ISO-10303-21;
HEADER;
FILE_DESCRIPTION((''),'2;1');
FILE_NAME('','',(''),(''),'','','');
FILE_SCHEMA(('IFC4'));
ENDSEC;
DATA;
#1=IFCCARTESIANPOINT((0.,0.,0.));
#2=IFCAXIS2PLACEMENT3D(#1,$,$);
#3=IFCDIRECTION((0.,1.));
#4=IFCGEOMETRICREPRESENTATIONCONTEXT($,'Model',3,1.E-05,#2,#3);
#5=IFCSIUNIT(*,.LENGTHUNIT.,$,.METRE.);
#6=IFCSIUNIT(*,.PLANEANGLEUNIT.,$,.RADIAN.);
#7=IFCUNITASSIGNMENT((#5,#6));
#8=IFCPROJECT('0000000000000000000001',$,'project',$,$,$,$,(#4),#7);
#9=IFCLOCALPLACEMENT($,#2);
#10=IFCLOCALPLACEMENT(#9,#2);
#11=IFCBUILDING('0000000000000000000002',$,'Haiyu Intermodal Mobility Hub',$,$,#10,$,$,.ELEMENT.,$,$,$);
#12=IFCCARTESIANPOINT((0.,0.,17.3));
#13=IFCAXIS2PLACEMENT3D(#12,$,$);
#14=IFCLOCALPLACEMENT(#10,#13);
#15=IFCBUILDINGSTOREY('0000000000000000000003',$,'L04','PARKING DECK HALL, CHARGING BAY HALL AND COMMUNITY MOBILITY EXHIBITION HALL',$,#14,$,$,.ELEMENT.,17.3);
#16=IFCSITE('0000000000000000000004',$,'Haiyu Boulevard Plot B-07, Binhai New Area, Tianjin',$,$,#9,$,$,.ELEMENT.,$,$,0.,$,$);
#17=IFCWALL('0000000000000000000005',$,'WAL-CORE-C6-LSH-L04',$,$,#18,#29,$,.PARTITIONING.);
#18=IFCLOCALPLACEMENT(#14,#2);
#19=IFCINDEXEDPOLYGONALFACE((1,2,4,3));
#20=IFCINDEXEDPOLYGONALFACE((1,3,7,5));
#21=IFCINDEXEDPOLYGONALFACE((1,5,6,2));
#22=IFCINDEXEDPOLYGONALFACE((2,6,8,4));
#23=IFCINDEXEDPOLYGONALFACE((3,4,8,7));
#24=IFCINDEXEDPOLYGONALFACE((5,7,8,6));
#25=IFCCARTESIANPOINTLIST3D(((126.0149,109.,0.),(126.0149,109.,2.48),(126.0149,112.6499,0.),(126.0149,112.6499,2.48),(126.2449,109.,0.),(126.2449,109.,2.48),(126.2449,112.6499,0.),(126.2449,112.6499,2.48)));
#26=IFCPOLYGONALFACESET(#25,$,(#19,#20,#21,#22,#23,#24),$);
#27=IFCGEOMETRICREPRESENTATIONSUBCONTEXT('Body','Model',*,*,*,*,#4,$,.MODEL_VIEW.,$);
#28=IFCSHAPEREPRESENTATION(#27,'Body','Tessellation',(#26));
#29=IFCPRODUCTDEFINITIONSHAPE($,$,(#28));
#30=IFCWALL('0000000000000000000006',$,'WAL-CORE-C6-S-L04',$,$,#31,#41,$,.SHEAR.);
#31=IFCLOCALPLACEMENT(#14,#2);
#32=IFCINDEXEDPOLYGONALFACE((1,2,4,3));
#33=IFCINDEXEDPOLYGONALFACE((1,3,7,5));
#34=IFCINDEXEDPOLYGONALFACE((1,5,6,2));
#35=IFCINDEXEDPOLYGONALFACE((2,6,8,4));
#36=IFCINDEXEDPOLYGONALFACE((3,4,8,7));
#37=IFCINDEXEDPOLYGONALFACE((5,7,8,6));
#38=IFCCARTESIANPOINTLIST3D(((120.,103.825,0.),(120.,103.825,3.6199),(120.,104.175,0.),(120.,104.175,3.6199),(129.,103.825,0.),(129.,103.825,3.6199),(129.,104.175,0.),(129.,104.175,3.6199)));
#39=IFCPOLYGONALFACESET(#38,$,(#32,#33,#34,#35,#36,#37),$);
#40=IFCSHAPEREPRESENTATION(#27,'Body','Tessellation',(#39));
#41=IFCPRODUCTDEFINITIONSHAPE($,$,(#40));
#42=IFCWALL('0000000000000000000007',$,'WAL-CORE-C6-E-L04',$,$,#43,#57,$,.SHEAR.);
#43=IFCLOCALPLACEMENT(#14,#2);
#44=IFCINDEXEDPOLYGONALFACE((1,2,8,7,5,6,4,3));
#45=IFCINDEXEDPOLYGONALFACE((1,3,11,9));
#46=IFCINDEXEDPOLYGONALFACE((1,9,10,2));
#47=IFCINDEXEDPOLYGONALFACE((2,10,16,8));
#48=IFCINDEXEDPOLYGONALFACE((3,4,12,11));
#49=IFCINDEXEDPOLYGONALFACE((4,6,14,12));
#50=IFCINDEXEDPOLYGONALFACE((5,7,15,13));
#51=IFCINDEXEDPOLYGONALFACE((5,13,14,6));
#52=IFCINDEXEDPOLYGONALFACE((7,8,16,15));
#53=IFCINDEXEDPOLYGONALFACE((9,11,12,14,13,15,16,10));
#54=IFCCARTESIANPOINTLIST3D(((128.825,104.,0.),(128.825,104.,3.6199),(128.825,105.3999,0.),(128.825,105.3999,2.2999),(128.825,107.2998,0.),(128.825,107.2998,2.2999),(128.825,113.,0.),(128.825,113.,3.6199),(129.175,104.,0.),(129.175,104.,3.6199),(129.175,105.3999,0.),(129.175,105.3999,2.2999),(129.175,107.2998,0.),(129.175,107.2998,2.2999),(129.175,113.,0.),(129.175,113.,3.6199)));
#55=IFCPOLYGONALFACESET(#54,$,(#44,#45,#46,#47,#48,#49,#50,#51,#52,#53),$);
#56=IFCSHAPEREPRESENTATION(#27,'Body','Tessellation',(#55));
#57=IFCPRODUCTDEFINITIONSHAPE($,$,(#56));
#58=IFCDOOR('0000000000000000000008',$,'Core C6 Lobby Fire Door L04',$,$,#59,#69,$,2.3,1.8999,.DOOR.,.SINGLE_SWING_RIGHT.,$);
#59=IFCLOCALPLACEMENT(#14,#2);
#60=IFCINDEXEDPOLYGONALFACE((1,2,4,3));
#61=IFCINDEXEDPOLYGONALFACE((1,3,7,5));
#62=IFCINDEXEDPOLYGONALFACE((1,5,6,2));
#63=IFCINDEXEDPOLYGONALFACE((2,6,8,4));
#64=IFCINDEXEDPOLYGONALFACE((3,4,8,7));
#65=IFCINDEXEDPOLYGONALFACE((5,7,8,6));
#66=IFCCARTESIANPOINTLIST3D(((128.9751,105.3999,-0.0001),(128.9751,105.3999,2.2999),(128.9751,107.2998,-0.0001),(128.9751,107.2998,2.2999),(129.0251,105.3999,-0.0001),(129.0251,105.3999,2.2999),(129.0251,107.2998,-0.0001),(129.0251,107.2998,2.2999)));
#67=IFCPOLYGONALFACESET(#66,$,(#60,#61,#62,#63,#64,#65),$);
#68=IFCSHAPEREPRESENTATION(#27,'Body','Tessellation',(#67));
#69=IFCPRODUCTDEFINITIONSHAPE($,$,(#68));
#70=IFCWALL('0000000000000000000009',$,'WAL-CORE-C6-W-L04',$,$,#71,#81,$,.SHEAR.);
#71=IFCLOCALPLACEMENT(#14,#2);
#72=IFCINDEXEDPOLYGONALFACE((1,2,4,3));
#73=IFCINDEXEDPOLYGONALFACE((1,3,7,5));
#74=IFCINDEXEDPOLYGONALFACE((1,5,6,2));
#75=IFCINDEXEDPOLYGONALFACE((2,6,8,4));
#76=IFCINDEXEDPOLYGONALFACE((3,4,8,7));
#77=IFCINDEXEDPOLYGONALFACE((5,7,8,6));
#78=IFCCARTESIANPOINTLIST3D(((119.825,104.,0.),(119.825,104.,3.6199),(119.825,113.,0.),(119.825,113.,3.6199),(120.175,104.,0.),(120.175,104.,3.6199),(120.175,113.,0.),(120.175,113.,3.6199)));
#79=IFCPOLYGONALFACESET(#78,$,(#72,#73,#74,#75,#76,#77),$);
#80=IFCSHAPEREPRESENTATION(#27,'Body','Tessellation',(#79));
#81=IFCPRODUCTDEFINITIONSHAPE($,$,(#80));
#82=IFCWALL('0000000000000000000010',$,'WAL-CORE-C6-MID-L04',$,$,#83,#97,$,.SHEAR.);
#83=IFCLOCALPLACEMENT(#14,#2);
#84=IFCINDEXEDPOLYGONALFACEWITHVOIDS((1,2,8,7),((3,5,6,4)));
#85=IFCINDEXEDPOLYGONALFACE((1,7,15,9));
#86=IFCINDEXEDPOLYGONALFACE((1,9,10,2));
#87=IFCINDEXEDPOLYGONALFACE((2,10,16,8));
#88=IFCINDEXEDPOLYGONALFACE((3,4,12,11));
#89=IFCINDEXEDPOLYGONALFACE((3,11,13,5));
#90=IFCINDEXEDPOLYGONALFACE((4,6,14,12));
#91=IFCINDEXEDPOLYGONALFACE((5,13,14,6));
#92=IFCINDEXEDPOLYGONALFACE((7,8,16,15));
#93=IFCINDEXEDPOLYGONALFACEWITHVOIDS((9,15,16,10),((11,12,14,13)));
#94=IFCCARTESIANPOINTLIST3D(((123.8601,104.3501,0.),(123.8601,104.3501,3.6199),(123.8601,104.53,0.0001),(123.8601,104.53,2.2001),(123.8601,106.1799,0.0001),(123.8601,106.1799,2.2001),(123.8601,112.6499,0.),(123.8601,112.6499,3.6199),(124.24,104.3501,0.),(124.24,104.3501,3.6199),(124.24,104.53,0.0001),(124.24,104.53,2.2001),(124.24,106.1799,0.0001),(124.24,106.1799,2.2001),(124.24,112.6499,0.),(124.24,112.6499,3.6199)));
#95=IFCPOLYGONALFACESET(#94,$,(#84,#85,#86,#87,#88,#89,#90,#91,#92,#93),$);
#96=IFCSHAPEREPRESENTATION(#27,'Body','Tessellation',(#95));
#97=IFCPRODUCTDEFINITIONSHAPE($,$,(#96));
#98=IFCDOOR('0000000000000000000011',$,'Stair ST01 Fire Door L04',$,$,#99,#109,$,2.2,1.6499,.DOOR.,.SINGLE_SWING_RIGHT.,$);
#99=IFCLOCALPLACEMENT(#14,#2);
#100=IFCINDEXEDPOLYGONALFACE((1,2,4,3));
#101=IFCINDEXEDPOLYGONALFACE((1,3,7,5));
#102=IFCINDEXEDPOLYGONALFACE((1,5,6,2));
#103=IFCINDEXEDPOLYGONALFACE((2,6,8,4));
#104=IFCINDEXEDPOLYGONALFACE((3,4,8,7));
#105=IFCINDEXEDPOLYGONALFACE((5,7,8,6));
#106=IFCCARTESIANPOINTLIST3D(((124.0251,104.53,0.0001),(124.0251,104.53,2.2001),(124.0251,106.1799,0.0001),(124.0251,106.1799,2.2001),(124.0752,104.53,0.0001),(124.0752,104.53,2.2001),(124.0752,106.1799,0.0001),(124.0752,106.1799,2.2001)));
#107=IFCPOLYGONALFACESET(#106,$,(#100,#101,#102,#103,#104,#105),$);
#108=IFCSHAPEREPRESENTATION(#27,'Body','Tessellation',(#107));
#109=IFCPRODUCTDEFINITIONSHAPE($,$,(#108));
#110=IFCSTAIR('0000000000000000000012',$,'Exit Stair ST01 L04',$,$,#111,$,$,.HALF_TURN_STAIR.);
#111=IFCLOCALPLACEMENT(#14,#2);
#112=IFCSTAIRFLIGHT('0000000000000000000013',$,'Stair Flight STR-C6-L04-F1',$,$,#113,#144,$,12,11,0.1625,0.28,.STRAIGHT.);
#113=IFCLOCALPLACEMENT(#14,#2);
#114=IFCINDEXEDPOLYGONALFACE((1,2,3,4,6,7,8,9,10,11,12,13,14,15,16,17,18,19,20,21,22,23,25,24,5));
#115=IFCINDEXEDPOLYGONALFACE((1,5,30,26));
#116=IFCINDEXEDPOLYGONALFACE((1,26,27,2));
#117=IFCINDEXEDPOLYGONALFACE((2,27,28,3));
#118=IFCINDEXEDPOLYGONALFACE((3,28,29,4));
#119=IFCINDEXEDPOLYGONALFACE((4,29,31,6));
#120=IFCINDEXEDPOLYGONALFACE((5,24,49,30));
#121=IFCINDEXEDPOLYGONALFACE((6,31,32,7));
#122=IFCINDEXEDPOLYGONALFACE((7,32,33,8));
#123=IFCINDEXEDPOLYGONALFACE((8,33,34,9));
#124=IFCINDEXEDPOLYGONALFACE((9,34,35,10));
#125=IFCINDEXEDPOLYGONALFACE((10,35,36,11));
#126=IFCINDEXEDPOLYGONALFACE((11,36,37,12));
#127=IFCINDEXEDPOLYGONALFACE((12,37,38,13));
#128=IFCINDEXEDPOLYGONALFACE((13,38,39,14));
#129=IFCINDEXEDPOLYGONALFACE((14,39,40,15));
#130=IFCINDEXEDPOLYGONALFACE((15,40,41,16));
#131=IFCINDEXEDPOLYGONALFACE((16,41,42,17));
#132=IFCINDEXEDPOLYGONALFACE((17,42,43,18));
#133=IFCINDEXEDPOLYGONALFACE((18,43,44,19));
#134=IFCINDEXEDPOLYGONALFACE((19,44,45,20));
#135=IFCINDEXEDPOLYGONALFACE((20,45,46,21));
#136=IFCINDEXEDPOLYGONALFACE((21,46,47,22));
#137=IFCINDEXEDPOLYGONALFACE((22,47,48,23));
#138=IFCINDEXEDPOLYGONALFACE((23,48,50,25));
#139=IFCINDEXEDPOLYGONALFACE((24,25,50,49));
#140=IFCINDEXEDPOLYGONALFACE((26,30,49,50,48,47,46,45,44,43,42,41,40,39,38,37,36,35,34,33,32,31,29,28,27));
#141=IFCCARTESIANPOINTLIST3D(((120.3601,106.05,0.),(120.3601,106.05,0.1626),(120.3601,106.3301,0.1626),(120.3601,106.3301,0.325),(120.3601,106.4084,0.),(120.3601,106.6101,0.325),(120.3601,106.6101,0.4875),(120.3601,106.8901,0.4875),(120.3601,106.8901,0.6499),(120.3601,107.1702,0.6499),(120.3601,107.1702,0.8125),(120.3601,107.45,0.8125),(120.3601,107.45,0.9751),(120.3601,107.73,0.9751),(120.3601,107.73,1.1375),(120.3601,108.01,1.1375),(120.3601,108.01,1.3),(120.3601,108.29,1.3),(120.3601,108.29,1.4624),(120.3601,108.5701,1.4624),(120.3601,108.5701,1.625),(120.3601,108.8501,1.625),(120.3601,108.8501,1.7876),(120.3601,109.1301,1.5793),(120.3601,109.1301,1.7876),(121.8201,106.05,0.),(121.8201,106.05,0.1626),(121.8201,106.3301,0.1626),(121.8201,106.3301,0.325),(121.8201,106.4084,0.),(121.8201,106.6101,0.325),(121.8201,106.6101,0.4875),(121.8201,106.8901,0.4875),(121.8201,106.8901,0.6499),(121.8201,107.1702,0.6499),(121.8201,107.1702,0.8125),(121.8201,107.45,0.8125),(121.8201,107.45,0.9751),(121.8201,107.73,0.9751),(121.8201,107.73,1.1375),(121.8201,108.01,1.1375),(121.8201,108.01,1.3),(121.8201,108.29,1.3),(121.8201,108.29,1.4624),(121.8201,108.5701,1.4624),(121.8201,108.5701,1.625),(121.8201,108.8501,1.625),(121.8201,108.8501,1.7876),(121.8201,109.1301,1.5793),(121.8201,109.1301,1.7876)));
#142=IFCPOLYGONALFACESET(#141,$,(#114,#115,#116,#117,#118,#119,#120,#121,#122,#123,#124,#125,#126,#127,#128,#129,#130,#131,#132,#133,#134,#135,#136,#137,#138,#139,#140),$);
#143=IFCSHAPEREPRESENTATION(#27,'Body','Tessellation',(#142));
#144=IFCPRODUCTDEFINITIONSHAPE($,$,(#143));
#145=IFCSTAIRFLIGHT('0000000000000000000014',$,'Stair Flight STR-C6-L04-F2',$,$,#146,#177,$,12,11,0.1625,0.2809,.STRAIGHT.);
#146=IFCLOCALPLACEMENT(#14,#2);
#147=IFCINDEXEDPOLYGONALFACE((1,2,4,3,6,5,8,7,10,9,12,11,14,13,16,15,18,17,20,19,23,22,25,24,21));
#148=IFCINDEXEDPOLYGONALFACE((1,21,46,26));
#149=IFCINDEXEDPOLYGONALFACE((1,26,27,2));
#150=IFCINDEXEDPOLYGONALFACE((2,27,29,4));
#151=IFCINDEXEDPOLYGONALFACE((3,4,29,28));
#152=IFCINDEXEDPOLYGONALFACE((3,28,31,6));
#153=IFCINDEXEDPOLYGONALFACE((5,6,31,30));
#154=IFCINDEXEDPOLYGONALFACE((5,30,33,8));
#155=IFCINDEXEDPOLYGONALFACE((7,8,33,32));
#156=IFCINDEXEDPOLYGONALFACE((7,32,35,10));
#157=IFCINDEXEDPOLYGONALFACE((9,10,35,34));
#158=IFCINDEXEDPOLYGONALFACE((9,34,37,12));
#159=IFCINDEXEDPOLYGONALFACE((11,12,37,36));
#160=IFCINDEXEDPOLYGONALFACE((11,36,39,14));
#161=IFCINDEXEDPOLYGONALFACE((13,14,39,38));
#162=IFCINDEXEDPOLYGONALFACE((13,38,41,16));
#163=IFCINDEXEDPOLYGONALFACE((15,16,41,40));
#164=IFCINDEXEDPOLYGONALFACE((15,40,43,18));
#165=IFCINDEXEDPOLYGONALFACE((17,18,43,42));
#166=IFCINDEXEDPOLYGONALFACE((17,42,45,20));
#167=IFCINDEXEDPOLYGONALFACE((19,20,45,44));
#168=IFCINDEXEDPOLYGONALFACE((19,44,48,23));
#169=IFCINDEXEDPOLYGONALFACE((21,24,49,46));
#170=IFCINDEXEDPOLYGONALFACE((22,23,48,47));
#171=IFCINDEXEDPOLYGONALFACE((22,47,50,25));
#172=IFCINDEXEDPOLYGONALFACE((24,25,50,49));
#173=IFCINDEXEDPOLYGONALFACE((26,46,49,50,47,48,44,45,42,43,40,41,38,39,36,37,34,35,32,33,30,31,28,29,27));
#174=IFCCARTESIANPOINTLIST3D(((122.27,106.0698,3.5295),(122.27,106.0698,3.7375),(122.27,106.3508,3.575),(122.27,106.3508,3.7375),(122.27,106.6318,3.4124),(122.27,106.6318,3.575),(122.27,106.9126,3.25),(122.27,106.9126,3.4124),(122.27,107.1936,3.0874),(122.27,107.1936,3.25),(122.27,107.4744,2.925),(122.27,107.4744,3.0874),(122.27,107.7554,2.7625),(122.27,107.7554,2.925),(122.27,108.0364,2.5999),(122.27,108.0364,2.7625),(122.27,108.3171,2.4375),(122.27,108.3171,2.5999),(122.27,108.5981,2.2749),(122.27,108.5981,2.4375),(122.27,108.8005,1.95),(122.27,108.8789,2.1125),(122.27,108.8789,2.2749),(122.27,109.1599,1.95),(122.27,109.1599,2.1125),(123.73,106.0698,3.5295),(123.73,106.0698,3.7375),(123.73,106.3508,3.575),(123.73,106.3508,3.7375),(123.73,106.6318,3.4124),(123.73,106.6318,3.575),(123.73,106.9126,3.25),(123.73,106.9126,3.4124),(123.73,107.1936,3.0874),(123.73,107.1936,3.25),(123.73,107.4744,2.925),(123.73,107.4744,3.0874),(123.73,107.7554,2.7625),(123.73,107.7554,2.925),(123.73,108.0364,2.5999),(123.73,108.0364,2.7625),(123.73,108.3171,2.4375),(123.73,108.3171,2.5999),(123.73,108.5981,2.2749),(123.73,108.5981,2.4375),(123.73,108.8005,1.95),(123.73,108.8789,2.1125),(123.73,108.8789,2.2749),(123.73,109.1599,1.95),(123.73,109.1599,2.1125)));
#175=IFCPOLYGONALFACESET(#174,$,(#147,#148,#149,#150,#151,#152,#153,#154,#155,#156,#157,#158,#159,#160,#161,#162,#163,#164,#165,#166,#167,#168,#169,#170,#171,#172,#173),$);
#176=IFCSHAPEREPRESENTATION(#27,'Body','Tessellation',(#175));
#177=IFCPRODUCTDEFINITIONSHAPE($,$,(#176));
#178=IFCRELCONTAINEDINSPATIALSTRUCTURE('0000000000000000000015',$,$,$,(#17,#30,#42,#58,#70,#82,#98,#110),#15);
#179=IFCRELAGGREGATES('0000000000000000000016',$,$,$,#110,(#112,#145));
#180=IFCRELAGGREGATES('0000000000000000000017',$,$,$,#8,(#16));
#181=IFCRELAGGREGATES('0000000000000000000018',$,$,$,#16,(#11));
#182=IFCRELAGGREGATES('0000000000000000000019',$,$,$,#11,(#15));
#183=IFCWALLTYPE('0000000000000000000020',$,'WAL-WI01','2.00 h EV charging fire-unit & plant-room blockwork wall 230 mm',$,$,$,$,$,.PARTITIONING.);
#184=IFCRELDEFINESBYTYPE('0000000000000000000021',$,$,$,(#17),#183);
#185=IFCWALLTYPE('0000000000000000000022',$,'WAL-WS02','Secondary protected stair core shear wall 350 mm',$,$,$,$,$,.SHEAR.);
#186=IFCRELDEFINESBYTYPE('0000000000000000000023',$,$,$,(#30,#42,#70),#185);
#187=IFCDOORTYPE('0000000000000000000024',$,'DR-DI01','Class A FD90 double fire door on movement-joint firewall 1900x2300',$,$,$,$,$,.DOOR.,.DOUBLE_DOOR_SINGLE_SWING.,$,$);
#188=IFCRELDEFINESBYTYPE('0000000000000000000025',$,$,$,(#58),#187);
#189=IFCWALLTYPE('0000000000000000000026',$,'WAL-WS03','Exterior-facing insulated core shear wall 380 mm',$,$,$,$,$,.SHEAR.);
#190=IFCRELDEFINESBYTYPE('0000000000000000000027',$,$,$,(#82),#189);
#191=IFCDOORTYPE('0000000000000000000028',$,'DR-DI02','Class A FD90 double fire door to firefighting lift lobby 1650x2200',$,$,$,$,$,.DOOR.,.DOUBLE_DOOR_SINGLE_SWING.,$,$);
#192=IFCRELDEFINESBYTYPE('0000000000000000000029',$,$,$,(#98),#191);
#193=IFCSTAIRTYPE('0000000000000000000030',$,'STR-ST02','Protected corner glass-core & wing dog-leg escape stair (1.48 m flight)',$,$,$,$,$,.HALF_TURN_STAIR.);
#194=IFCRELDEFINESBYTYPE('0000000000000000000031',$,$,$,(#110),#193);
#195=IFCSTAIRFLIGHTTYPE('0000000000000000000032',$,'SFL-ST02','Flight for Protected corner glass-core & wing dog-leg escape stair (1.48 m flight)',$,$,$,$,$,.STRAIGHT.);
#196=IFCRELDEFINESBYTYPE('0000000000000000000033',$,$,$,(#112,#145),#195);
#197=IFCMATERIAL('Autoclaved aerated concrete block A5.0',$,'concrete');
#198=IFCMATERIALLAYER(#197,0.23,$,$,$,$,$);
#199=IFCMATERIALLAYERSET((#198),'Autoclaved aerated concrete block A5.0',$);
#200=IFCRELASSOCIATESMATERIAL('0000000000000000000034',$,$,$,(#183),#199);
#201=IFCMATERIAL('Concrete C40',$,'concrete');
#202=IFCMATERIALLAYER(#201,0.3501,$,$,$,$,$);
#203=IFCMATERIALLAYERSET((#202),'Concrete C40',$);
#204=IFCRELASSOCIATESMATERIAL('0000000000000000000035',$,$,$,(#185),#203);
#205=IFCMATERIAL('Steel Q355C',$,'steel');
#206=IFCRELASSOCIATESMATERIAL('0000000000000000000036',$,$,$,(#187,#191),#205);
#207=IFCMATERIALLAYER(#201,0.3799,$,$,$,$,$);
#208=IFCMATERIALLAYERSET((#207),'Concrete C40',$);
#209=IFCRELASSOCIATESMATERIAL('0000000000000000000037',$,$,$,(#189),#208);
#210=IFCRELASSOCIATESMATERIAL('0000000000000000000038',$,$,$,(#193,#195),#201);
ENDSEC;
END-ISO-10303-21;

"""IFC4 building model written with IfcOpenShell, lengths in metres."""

from ifc_helpers import new_model, si_unit, direction, frame, frame_2d, origin, place, context, subcontext, project, spatial, polyline, rectangle, outline, extrude, material, layer, layer_set, type_object, element, fill, aggregate, save


model = new_model("IFC4")

# Units and contexts
model_context = context("Model", 3, precision=1e-05, world=origin(), true_north=direction((0.0, 1.0)))
body_context = subcontext(model_context, "Body", "Model", "MODEL_VIEW")
ifc_project = project(units=[si_unit("LENGTHUNIT", "METRE"), si_unit("PLANEANGLEUNIT", "RADIAN")], contexts=[model_context])

# Site, building, storey
site_placement = place(None, origin())
site = spatial("IfcSite", under=ifc_project, at=site_placement, Name="Haiyu Boulevard Plot B-07, Binhai New Area, Tianjin", CompositionType="ELEMENT", RefElevation=0.0)
building_placement = place(site_placement, origin())
building = spatial("IfcBuilding", under=site, at=building_placement, Name="Haiyu Intermodal Mobility Hub", CompositionType="ELEMENT")
storey_placement = place(building_placement, frame((0.0, 0.0, 17.3)))
storey = spatial("IfcBuildingStorey", under=building, at=storey_placement, Name="L04", Description="PARKING DECK HALL, CHARGING BAY HALL AND COMMUNITY MOBILITY EXHIBITION HALL", CompositionType="ELEMENT", Elevation=17.3)

# Shared definitions
ifc_material_1 = material(Name="Concrete C40", Category="concrete")
ifc_material_2 = material(Name="Steel Q355C", Category="steel")

# Wall
ifc_material_3 = material(Name="Autoclaved aerated concrete block A5.0", Category="concrete")
ifc_layer_1 = layer(ifc_material_3, 0.23)
ifc_layer_set_1 = layer_set([ifc_layer_1], Name="Autoclaved aerated concrete block A5.0")
wall_type_1 = type_object("IfcWallType", Name="WAL-WI01", Description="2.00 h EV charging fire-unit & plant-room blockwork wall 230 mm", PredefinedType="PARTITIONING", material=ifc_layer_set_1)
wall_1_placement = place(storey_placement, frame((126.1299, 109.0, 0.0), z_axis=(0.0, 0.0, 1.0), x_axis=(0.0, 1.0, 0.0)))
element("IfcWall", 1, at=wall_1_placement, inside=storey, type_object=wall_type_1, Name="WAL-CORE-C6-LSH-L04", PredefinedType="PARTITIONING", context=body_context, shape_type="SweptSolid", body=[
    extrude(rectangle(XDim=3.6499, YDim=0.23, at=frame_2d((1.825, 0.0))), origin(), (0.0, 0.0, 1.0), 2.48),
])

# Wall
ifc_layer_2 = layer(ifc_material_1, 0.3501)
ifc_layer_set_2 = layer_set([ifc_layer_2], Name="Concrete C40")
wall_type_2 = type_object("IfcWallType", Name="WAL-WS02", Description="Secondary protected stair core shear wall 350 mm", PredefinedType="SHEAR", material=ifc_layer_set_2)
wall_2_placement = place(storey_placement, frame((120.0, 104.0, 0.0), z_axis=(0.0, 0.0, 1.0), x_axis=(1.0, 0.0, 0.0)))
element("IfcWall", 2, at=wall_2_placement, inside=storey, type_object=wall_type_2, Name="WAL-CORE-C6-S-L04", PredefinedType="SHEAR", context=body_context, shape_type="SweptSolid", body=[
    extrude(rectangle(XDim=9.0, YDim=0.3501, at=frame_2d((4.5, 0.0))), origin(), (0.0, 0.0, 1.0), 3.6199),
])

# Wall, opening, door
wall_3_placement = place(storey_placement, frame((129.0, 104.0, 0.0), z_axis=(0.0, 0.0, 1.0), x_axis=(0.0, 1.0, 0.0)))
wall_3 = element("IfcWall", 3, at=wall_3_placement, inside=storey, type_object=wall_type_2, Name="WAL-CORE-C6-E-L04", PredefinedType="SHEAR", context=body_context, shape_type="SweptSolid", body=[
    extrude(rectangle(XDim=9.0, YDim=0.3501, at=frame_2d((4.5, 0.0))), origin(), (0.0, 0.0, 1.0), 3.6199),
])
opening_1_placement = place(wall_3_placement, frame((1.3999, 0.0, 0.0)))
opening_1 = element("IfcOpeningElement", 4, at=opening_1_placement, cuts=wall_3, PredefinedType="OPENING", context=body_context, shape_type="SweptSolid", body=[
    extrude(rectangle(XDim=1.8999, YDim=2.3, at=frame_2d((0.95, 1.1499))), frame((0.0, 0.1851, 0.0), z_axis=(0.0, -1.0, 0.0), x_axis=(1.0, 0.0, 0.0)), (0.0, 0.0, 1.0), 0.3701),
])
door_type_1 = type_object("IfcDoorType", Name="DR-DI01", Description="Class A FD90 double fire door on movement-joint firewall 1900x2300", OperationType="DOUBLE_DOOR_SINGLE_SWING", PredefinedType="DOOR", material=ifc_material_2)
door_1_placement = place(opening_1_placement, origin())
door_1 = element("IfcDoor", 5, at=door_1_placement, inside=storey, type_object=door_type_1, Name="Core C6 Lobby Fire Door L04", OperationType="SINGLE_SWING_RIGHT", OverallHeight=2.3, OverallWidth=1.8999, PredefinedType="DOOR", context=body_context, shape_type="SweptSolid", body=[
    extrude(rectangle(XDim=1.8999, YDim=2.3, at=frame_2d((0.95, 1.1499))), frame((0.0, 0.0249, 0.0), z_axis=(0.0, -1.0, 0.0), x_axis=(1.0, 0.0, 0.0)), (0.0, 0.0, 1.0), 0.05),
])
fill(opening_1, door_1)

# Wall
wall_4_placement = place(storey_placement, frame((120.0, 113.0, 0.0), z_axis=(0.0, 0.0, 1.0), x_axis=(0.0, -1.0, 0.0)))
element("IfcWall", 6, at=wall_4_placement, inside=storey, type_object=wall_type_2, Name="WAL-CORE-C6-W-L04", PredefinedType="SHEAR", context=body_context, shape_type="SweptSolid", body=[
    extrude(rectangle(XDim=9.0, YDim=0.3501, at=frame_2d((4.5, 0.0))), origin(), (0.0, 0.0, 1.0), 3.6199),
])

# Wall, opening, door
ifc_layer_3 = layer(ifc_material_1, 0.3799)
ifc_layer_set_3 = layer_set([ifc_layer_3], Name="Concrete C40")
wall_type_3 = type_object("IfcWallType", Name="WAL-WS03", Description="Exterior-facing insulated core shear wall 380 mm", PredefinedType="SHEAR", material=ifc_layer_set_3)
wall_5_placement = place(storey_placement, frame((124.05, 104.3501, 0.0), z_axis=(0.0, 0.0, 1.0), x_axis=(0.0, 1.0, 0.0)))
wall_5 = element("IfcWall", 7, at=wall_5_placement, inside=storey, type_object=wall_type_3, Name="WAL-CORE-C6-MID-L04", PredefinedType="SHEAR", context=body_context, shape_type="SweptSolid", body=[
    extrude(rectangle(XDim=8.2998, YDim=0.3799, at=frame_2d((4.1499, 0.0))), origin(), (0.0, 0.0, 1.0), 3.6199),
])
opening_2_placement = place(wall_5_placement, frame((0.1799, 0.0, 0.0)))
opening_2 = element("IfcOpeningElement", 8, at=opening_2_placement, cuts=wall_5, PredefinedType="OPENING", context=body_context, shape_type="SweptSolid", body=[
    extrude(rectangle(XDim=1.6499, YDim=2.2, at=frame_2d((0.825, 1.1001))), frame((0.0, 0.2, 0.0), z_axis=(0.0, -1.0, 0.0), x_axis=(1.0, 0.0, 0.0)), (0.0, 0.0, 1.0), 0.3999),
])
door_type_2 = type_object("IfcDoorType", Name="DR-DI02", Description="Class A FD90 double fire door to firefighting lift lobby 1650x2200", OperationType="DOUBLE_DOOR_SINGLE_SWING", PredefinedType="DOOR", material=ifc_material_2)
door_2_placement = place(opening_2_placement, origin())
door_2 = element("IfcDoor", 9, at=door_2_placement, inside=storey, type_object=door_type_2, Name="Stair ST01 Fire Door L04", OperationType="SINGLE_SWING_RIGHT", OverallHeight=2.2, OverallWidth=1.6499, PredefinedType="DOOR", context=body_context, shape_type="SweptSolid", body=[
    extrude(rectangle(XDim=1.6499, YDim=2.2, at=frame_2d((0.825, 1.1001))), frame((0.0, 0.0249, 0.0), z_axis=(0.0, -1.0, 0.0), x_axis=(1.0, 0.0, 0.0)), (0.0, 0.0, 1.0), 0.05),
])
fill(opening_2, door_2)

# Stair, stair flights
stair_type = type_object("IfcStairType", Name="STR-ST02", Description="Protected corner glass-core & wing dog-leg escape stair (1.48 m flight)", PredefinedType="HALF_TURN_STAIR", material=ifc_material_1)
stair_placement = place(storey_placement, origin())
stair = element("IfcStair", 10, at=stair_placement, inside=storey, type_object=stair_type, Name="Exit Stair ST01 L04", PredefinedType="HALF_TURN_STAIR")
stair_flight_type = type_object("IfcStairFlightType", Name="SFL-ST02", Description="Flight for Protected corner glass-core & wing dog-leg escape stair (1.48 m flight)", PredefinedType="STRAIGHT", material=ifc_material_1)
stair_flight_1_placement = place(storey_placement, frame((121.0901, 106.05, 0.0), z_axis=(0.0, 0.0, 1.0), x_axis=(0.0, 1.0, 0.0)))
stair_flight_1 = element("IfcStairFlight", 11, at=stair_flight_1_placement, type_object=stair_flight_type, Name="Stair Flight STR-C6-L04-F1", NumberOfRisers=12, NumberOfTreads=11, PredefinedType="STRAIGHT", RiserHeight=0.1625, TreadLength=0.28, context=body_context, shape_type="SweptSolid", body=[
    extrude(outline(polyline([(0.0, 0.0), (0.0, 0.1626), (0.28, 0.1626), (0.28, 0.325), (0.5601, 0.325), (0.5601, 0.4875), (0.8401, 0.4875), (0.8401, 0.6499), (1.1201, 0.6499), (1.1201, 0.8125), (1.3999, 0.8125), (1.3999, 0.9751), (1.6799, 0.9751), (1.6799, 1.1375), (1.96, 1.1375), (1.96, 1.3), (2.24, 1.3), (2.24, 1.4624), (2.52, 1.4624), (2.52, 1.625), (2.8, 1.625), (2.8, 1.7876), (3.0801, 1.7876), (3.0801, 1.95), (3.0801, 1.5793), (0.3584, 0.0), (0.0, 0.0)])), frame((0.0, 0.73, 0.0), z_axis=(0.0, -1.0, 0.0), x_axis=(1.0, 0.0, 0.0)), (0.0, 0.0, 1.0), 1.46),
])
stair_flight_2_placement = place(storey_placement, frame((123.0, 109.1599, 1.95), z_axis=(0.0, 0.0, 1.0), x_axis=(0.0, -1.0, 0.0)))
stair_flight_2 = element("IfcStairFlight", 12, at=stair_flight_2_placement, type_object=stair_flight_type, Name="Stair Flight STR-C6-L04-F2", NumberOfRisers=12, NumberOfTreads=11, PredefinedType="STRAIGHT", RiserHeight=0.1625, TreadLength=0.2809, context=body_context, shape_type="SweptSolid", body=[
    extrude(outline(polyline([(0.0, 0.0), (0.0, 0.1626), (0.281, 0.1626), (0.281, 0.325), (0.5618, 0.325), (0.5618, 0.4875), (0.8428, 0.4875), (0.8428, 0.6499), (1.1235, 0.6499), (1.1235, 0.8125), (1.4045, 0.8125), (1.4045, 0.9751), (1.6855, 0.9751), (1.6855, 1.1375), (1.9663, 1.1375), (1.9663, 1.3), (2.2473, 1.3), (2.2473, 1.4624), (2.5281, 1.4624), (2.5281, 1.625), (2.8091, 1.625), (2.8091, 1.7876), (3.0901, 1.7876), (3.0901, 1.95), (3.0901, 1.5796), (0.3594, 0.0), (0.0, 0.0)])), frame((0.0, 0.73, 0.0), z_axis=(0.0, -1.0, 0.0), x_axis=(1.0, 0.0, 0.0)), (0.0, 0.0, 1.0), 1.46),
])
aggregate(stair, [stair_flight_1, stair_flight_2])

save(model, "model.ifc")
